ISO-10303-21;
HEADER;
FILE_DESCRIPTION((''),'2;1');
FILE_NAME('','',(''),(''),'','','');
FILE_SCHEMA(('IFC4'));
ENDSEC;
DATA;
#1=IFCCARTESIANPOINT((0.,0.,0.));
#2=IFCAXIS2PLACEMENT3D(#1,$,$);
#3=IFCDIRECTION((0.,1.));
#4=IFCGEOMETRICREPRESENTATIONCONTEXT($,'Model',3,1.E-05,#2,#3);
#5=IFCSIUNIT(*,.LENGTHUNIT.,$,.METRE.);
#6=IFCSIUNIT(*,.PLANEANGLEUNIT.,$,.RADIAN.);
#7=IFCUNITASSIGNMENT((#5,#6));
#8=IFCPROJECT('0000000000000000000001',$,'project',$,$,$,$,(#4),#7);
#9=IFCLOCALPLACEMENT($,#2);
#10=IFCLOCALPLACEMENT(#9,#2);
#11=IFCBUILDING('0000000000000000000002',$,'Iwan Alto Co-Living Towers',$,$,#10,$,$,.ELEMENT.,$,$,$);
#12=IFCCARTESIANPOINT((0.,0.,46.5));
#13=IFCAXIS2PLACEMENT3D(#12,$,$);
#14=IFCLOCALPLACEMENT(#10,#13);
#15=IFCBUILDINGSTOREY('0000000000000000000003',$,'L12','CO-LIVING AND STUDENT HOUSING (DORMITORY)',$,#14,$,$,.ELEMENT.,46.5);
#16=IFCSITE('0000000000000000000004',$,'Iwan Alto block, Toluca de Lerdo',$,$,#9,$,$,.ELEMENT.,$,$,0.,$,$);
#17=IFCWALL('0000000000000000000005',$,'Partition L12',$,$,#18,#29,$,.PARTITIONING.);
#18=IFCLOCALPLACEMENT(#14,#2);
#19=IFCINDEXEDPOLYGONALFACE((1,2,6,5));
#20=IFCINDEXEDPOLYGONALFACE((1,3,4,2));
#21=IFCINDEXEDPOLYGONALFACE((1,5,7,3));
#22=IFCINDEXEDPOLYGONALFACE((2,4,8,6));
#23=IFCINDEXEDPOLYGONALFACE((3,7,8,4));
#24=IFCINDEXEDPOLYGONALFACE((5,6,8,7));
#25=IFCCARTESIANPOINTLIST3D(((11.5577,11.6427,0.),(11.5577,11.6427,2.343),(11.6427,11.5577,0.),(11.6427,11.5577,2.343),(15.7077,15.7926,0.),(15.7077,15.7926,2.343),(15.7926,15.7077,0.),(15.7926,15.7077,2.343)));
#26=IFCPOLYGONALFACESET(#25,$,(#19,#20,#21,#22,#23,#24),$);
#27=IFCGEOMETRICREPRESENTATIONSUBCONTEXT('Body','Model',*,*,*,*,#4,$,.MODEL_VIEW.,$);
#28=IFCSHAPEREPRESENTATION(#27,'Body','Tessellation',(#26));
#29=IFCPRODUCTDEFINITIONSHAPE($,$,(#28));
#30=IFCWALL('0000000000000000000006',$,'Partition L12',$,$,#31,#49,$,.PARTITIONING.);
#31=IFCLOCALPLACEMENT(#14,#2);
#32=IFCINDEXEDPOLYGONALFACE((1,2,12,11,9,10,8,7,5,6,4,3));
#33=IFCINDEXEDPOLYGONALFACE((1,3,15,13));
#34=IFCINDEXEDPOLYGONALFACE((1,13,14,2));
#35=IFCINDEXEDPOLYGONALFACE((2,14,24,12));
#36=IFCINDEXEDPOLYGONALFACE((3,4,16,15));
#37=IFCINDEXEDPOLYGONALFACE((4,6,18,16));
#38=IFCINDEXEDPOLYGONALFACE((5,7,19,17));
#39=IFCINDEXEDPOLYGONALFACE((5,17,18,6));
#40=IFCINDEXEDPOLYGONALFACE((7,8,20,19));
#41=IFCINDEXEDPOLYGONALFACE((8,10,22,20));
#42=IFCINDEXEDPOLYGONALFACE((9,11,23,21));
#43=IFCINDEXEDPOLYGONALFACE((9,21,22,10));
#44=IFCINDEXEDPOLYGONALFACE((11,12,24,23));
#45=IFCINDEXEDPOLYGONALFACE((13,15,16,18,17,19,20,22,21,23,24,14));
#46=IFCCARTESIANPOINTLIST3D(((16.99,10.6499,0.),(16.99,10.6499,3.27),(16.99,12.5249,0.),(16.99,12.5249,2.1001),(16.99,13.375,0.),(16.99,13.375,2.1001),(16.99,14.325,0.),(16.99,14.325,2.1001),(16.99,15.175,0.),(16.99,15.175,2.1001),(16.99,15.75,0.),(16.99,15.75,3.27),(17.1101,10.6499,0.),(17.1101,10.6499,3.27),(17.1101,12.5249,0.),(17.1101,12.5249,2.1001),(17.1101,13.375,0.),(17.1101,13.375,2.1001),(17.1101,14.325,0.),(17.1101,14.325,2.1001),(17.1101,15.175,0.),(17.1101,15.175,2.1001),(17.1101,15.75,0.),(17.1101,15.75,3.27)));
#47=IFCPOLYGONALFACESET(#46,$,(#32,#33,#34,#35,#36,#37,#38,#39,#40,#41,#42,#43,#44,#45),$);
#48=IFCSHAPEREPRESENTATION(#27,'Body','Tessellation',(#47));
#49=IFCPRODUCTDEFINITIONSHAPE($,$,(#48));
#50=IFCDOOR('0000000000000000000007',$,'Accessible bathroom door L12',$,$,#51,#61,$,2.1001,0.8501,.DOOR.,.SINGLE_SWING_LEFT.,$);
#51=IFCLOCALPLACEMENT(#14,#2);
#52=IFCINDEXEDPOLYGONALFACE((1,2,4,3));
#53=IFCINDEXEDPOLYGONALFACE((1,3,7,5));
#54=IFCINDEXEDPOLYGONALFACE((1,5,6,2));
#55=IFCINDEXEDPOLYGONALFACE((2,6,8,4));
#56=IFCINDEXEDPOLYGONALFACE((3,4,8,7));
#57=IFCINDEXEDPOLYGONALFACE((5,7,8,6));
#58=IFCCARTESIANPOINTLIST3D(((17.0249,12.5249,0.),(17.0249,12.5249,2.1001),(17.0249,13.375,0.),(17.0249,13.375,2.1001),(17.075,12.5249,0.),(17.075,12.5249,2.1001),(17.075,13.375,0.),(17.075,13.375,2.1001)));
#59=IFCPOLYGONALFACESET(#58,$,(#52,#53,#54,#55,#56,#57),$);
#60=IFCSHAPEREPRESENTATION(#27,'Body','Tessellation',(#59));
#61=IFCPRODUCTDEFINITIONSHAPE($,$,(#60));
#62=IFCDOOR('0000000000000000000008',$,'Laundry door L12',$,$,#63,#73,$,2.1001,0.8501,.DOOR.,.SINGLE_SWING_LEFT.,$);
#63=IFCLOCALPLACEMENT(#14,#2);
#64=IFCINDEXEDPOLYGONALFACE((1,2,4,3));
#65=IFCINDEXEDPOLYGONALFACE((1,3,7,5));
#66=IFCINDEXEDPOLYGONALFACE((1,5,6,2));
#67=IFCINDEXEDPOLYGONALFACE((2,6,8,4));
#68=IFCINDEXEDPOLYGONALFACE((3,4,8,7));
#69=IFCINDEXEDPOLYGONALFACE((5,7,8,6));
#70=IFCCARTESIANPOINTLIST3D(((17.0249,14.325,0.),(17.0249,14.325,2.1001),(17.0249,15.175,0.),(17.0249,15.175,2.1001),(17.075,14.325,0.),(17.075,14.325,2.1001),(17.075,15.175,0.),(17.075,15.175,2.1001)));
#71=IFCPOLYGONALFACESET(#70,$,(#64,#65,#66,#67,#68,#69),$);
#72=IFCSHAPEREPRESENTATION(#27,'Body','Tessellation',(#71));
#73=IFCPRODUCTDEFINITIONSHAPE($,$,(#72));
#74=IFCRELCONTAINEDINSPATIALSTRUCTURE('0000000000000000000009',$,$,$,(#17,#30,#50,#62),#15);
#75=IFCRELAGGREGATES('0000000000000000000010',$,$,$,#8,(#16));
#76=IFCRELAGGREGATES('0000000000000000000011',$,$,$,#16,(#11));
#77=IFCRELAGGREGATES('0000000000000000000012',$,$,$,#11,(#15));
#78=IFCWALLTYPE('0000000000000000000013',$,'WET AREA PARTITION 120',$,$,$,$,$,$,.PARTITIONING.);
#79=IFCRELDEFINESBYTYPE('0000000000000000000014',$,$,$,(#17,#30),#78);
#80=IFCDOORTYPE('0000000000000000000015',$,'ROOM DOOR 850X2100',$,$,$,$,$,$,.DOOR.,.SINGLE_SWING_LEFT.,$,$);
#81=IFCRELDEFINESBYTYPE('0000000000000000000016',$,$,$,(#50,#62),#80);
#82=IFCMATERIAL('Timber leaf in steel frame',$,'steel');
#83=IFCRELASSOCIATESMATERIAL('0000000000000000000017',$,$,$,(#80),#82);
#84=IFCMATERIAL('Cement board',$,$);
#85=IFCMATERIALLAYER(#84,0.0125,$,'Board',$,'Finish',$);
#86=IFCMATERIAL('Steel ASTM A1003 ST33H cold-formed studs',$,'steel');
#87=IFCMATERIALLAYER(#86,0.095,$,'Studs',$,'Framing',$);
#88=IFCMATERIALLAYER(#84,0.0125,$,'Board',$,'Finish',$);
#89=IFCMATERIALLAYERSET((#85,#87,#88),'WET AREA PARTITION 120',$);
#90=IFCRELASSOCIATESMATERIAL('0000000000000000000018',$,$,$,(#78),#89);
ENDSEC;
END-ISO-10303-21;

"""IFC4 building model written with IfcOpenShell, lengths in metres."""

from ifc_helpers import new_model, si_unit, direction, frame, frame_2d, origin, place, context, subcontext, project, spatial, rectangle, extrude, material, layer, layer_set, type_object, element, fill, save


model = new_model("IFC4")

# Units and contexts
model_context = context("Model", 3, precision=1e-05, world=origin(), true_north=direction((0.0, 1.0)))
body_context = subcontext(model_context, "Body", "Model", "MODEL_VIEW")
ifc_project = project(units=[si_unit("LENGTHUNIT", "METRE"), si_unit("PLANEANGLEUNIT", "RADIAN")], contexts=[model_context])

# Site, building, storey
site_placement = place(None, origin())
site = spatial("IfcSite", under=ifc_project, at=site_placement, Name="Iwan Alto block, Toluca de Lerdo", CompositionType="ELEMENT", RefElevation=0.0)
building_placement = place(site_placement, origin())
building = spatial("IfcBuilding", under=site, at=building_placement, Name="Iwan Alto Co-Living Towers", CompositionType="ELEMENT")
storey_placement = place(building_placement, frame((0.0, 0.0, 46.5)))
storey = spatial("IfcBuildingStorey", under=building, at=storey_placement, Name="L12", Description="CO-LIVING AND STUDENT HOUSING (DORMITORY)", CompositionType="ELEMENT", Elevation=46.5)

# Shared definitions
ifc_material_1 = material(Name="Steel ASTM A1003 ST33H cold-formed studs", Category="steel")

# Shared definitions
ifc_material_2 = material(Name="Timber leaf in steel frame", Category="steel")
door_type = type_object("IfcDoorType", Name="ROOM DOOR 850X2100", OperationType="SINGLE_SWING_LEFT", PredefinedType="DOOR", material=ifc_material_2)

# Shared definitions
ifc_material_3 = material(Name="Cement board")
ifc_layer_1 = layer(ifc_material_3, 0.0125, Name="Board", Category="Finish")
ifc_layer_2 = layer(ifc_material_1, 0.095, Name="Studs", Category="Framing")
ifc_layer_3 = layer(ifc_material_3, 0.0125, Name="Board", Category="Finish")
ifc_layer_set_1 = layer_set([ifc_layer_1, ifc_layer_2, ifc_layer_3], Name="WET AREA PARTITION 120")
wall_type_1 = type_object("IfcWallType", Name="WET AREA PARTITION 120", PredefinedType="PARTITIONING", material=ifc_layer_set_1)

# Wall
wall_1_placement = place(storey_placement, frame((11.6001, 11.6001, 0.0), z_axis=(0.0, 0.0, 1.0), x_axis=(0.707107, 0.707107, 0.0)))
element("IfcWall", 1, at=wall_1_placement, inside=storey, type_object=wall_type_1, Name="Partition L12", PredefinedType="PARTITIONING", context=body_context, shape_type="SweptSolid", body=[
    extrude(rectangle(XDim=5.8689, YDim=0.1201, at=frame_2d((2.9346, 0.0))), origin(), (0.0, 0.0, 1.0), 2.343),
])

# Wall, openings, doors
wall_2_placement = place(storey_placement, frame((17.05, 10.6499, 0.0), z_axis=(0.0, 0.0, 1.0), x_axis=(0.0, 1.0, 0.0)))
wall_2 = element("IfcWall", 2, at=wall_2_placement, inside=storey, type_object=wall_type_1, Name="Partition L12", PredefinedType="PARTITIONING", context=body_context, shape_type="SweptSolid", body=[
    extrude(rectangle(XDim=5.1001, YDim=0.1201, at=frame_2d((2.55, 0.0))), origin(), (0.0, 0.0, 1.0), 3.27),
])
opening_1_placement = place(wall_2_placement, frame((1.875, 0.0, 0.0)))
opening_1 = element("IfcOpeningElement", 3, at=opening_1_placement, cuts=wall_2, PredefinedType="OPENING", context=body_context, shape_type="SweptSolid", body=[
    extrude(rectangle(XDim=0.8501, YDim=2.1001, at=frame_2d((0.425, 1.05))), frame((0.0, 0.0701, 0.0), z_axis=(0.0, -1.0, 0.0), x_axis=(1.0, 0.0, 0.0)), (0.0, 0.0, 1.0), 0.1401),
])
opening_2_placement = place(wall_2_placement, frame((3.675, 0.0, 0.0)))
opening_2 = element("IfcOpeningElement", 4, at=opening_2_placement, cuts=wall_2, PredefinedType="OPENING", context=body_context, shape_type="SweptSolid", body=[
    extrude(rectangle(XDim=0.8501, YDim=2.1001, at=frame_2d((0.425, 1.05))), frame((0.0, 0.0701, 0.0), z_axis=(0.0, -1.0, 0.0), x_axis=(1.0, 0.0, 0.0)), (0.0, 0.0, 1.0), 0.1401),
])
door_1_placement = place(opening_1_placement, frame((0.8501, 0.0, 0.0), z_axis=(0.0, 0.0, 1.0), x_axis=(-1.0, 0.0, 0.0)))
door_1 = element("IfcDoor", 5, at=door_1_placement, inside=storey, type_object=door_type, Name="Accessible bathroom door L12", OperationType="SINGLE_SWING_LEFT", OverallHeight=2.1001, OverallWidth=0.8501, PredefinedType="DOOR", context=body_context, shape_type="SweptSolid", body=[
    extrude(rectangle(XDim=0.8501, YDim=2.1001, at=frame_2d((0.425, 1.05))), frame((0.0, 0.0249, 0.0), z_axis=(0.0, -1.0, 0.0), x_axis=(1.0, 0.0, 0.0)), (0.0, 0.0, 1.0), 0.05),
])
fill(opening_1, door_1)
door_2_placement = place(opening_2_placement, frame((0.8501, 0.0, 0.0), z_axis=(0.0, 0.0, 1.0), x_axis=(-1.0, 0.0, 0.0)))
door_2 = element("IfcDoor", 6, at=door_2_placement, inside=storey, type_object=door_type, Name="Laundry door L12", OperationType="SINGLE_SWING_LEFT", OverallHeight=2.1001, OverallWidth=0.8501, PredefinedType="DOOR", context=body_context, shape_type="SweptSolid", body=[
    extrude(rectangle(XDim=0.8501, YDim=2.1001, at=frame_2d((0.425, 1.05))), frame((0.0, 0.0249, 0.0), z_axis=(0.0, -1.0, 0.0), x_axis=(1.0, 0.0, 0.0)), (0.0, 0.0, 1.0), 0.05),
])
fill(opening_2, door_2)

save(model, "model.ifc")
